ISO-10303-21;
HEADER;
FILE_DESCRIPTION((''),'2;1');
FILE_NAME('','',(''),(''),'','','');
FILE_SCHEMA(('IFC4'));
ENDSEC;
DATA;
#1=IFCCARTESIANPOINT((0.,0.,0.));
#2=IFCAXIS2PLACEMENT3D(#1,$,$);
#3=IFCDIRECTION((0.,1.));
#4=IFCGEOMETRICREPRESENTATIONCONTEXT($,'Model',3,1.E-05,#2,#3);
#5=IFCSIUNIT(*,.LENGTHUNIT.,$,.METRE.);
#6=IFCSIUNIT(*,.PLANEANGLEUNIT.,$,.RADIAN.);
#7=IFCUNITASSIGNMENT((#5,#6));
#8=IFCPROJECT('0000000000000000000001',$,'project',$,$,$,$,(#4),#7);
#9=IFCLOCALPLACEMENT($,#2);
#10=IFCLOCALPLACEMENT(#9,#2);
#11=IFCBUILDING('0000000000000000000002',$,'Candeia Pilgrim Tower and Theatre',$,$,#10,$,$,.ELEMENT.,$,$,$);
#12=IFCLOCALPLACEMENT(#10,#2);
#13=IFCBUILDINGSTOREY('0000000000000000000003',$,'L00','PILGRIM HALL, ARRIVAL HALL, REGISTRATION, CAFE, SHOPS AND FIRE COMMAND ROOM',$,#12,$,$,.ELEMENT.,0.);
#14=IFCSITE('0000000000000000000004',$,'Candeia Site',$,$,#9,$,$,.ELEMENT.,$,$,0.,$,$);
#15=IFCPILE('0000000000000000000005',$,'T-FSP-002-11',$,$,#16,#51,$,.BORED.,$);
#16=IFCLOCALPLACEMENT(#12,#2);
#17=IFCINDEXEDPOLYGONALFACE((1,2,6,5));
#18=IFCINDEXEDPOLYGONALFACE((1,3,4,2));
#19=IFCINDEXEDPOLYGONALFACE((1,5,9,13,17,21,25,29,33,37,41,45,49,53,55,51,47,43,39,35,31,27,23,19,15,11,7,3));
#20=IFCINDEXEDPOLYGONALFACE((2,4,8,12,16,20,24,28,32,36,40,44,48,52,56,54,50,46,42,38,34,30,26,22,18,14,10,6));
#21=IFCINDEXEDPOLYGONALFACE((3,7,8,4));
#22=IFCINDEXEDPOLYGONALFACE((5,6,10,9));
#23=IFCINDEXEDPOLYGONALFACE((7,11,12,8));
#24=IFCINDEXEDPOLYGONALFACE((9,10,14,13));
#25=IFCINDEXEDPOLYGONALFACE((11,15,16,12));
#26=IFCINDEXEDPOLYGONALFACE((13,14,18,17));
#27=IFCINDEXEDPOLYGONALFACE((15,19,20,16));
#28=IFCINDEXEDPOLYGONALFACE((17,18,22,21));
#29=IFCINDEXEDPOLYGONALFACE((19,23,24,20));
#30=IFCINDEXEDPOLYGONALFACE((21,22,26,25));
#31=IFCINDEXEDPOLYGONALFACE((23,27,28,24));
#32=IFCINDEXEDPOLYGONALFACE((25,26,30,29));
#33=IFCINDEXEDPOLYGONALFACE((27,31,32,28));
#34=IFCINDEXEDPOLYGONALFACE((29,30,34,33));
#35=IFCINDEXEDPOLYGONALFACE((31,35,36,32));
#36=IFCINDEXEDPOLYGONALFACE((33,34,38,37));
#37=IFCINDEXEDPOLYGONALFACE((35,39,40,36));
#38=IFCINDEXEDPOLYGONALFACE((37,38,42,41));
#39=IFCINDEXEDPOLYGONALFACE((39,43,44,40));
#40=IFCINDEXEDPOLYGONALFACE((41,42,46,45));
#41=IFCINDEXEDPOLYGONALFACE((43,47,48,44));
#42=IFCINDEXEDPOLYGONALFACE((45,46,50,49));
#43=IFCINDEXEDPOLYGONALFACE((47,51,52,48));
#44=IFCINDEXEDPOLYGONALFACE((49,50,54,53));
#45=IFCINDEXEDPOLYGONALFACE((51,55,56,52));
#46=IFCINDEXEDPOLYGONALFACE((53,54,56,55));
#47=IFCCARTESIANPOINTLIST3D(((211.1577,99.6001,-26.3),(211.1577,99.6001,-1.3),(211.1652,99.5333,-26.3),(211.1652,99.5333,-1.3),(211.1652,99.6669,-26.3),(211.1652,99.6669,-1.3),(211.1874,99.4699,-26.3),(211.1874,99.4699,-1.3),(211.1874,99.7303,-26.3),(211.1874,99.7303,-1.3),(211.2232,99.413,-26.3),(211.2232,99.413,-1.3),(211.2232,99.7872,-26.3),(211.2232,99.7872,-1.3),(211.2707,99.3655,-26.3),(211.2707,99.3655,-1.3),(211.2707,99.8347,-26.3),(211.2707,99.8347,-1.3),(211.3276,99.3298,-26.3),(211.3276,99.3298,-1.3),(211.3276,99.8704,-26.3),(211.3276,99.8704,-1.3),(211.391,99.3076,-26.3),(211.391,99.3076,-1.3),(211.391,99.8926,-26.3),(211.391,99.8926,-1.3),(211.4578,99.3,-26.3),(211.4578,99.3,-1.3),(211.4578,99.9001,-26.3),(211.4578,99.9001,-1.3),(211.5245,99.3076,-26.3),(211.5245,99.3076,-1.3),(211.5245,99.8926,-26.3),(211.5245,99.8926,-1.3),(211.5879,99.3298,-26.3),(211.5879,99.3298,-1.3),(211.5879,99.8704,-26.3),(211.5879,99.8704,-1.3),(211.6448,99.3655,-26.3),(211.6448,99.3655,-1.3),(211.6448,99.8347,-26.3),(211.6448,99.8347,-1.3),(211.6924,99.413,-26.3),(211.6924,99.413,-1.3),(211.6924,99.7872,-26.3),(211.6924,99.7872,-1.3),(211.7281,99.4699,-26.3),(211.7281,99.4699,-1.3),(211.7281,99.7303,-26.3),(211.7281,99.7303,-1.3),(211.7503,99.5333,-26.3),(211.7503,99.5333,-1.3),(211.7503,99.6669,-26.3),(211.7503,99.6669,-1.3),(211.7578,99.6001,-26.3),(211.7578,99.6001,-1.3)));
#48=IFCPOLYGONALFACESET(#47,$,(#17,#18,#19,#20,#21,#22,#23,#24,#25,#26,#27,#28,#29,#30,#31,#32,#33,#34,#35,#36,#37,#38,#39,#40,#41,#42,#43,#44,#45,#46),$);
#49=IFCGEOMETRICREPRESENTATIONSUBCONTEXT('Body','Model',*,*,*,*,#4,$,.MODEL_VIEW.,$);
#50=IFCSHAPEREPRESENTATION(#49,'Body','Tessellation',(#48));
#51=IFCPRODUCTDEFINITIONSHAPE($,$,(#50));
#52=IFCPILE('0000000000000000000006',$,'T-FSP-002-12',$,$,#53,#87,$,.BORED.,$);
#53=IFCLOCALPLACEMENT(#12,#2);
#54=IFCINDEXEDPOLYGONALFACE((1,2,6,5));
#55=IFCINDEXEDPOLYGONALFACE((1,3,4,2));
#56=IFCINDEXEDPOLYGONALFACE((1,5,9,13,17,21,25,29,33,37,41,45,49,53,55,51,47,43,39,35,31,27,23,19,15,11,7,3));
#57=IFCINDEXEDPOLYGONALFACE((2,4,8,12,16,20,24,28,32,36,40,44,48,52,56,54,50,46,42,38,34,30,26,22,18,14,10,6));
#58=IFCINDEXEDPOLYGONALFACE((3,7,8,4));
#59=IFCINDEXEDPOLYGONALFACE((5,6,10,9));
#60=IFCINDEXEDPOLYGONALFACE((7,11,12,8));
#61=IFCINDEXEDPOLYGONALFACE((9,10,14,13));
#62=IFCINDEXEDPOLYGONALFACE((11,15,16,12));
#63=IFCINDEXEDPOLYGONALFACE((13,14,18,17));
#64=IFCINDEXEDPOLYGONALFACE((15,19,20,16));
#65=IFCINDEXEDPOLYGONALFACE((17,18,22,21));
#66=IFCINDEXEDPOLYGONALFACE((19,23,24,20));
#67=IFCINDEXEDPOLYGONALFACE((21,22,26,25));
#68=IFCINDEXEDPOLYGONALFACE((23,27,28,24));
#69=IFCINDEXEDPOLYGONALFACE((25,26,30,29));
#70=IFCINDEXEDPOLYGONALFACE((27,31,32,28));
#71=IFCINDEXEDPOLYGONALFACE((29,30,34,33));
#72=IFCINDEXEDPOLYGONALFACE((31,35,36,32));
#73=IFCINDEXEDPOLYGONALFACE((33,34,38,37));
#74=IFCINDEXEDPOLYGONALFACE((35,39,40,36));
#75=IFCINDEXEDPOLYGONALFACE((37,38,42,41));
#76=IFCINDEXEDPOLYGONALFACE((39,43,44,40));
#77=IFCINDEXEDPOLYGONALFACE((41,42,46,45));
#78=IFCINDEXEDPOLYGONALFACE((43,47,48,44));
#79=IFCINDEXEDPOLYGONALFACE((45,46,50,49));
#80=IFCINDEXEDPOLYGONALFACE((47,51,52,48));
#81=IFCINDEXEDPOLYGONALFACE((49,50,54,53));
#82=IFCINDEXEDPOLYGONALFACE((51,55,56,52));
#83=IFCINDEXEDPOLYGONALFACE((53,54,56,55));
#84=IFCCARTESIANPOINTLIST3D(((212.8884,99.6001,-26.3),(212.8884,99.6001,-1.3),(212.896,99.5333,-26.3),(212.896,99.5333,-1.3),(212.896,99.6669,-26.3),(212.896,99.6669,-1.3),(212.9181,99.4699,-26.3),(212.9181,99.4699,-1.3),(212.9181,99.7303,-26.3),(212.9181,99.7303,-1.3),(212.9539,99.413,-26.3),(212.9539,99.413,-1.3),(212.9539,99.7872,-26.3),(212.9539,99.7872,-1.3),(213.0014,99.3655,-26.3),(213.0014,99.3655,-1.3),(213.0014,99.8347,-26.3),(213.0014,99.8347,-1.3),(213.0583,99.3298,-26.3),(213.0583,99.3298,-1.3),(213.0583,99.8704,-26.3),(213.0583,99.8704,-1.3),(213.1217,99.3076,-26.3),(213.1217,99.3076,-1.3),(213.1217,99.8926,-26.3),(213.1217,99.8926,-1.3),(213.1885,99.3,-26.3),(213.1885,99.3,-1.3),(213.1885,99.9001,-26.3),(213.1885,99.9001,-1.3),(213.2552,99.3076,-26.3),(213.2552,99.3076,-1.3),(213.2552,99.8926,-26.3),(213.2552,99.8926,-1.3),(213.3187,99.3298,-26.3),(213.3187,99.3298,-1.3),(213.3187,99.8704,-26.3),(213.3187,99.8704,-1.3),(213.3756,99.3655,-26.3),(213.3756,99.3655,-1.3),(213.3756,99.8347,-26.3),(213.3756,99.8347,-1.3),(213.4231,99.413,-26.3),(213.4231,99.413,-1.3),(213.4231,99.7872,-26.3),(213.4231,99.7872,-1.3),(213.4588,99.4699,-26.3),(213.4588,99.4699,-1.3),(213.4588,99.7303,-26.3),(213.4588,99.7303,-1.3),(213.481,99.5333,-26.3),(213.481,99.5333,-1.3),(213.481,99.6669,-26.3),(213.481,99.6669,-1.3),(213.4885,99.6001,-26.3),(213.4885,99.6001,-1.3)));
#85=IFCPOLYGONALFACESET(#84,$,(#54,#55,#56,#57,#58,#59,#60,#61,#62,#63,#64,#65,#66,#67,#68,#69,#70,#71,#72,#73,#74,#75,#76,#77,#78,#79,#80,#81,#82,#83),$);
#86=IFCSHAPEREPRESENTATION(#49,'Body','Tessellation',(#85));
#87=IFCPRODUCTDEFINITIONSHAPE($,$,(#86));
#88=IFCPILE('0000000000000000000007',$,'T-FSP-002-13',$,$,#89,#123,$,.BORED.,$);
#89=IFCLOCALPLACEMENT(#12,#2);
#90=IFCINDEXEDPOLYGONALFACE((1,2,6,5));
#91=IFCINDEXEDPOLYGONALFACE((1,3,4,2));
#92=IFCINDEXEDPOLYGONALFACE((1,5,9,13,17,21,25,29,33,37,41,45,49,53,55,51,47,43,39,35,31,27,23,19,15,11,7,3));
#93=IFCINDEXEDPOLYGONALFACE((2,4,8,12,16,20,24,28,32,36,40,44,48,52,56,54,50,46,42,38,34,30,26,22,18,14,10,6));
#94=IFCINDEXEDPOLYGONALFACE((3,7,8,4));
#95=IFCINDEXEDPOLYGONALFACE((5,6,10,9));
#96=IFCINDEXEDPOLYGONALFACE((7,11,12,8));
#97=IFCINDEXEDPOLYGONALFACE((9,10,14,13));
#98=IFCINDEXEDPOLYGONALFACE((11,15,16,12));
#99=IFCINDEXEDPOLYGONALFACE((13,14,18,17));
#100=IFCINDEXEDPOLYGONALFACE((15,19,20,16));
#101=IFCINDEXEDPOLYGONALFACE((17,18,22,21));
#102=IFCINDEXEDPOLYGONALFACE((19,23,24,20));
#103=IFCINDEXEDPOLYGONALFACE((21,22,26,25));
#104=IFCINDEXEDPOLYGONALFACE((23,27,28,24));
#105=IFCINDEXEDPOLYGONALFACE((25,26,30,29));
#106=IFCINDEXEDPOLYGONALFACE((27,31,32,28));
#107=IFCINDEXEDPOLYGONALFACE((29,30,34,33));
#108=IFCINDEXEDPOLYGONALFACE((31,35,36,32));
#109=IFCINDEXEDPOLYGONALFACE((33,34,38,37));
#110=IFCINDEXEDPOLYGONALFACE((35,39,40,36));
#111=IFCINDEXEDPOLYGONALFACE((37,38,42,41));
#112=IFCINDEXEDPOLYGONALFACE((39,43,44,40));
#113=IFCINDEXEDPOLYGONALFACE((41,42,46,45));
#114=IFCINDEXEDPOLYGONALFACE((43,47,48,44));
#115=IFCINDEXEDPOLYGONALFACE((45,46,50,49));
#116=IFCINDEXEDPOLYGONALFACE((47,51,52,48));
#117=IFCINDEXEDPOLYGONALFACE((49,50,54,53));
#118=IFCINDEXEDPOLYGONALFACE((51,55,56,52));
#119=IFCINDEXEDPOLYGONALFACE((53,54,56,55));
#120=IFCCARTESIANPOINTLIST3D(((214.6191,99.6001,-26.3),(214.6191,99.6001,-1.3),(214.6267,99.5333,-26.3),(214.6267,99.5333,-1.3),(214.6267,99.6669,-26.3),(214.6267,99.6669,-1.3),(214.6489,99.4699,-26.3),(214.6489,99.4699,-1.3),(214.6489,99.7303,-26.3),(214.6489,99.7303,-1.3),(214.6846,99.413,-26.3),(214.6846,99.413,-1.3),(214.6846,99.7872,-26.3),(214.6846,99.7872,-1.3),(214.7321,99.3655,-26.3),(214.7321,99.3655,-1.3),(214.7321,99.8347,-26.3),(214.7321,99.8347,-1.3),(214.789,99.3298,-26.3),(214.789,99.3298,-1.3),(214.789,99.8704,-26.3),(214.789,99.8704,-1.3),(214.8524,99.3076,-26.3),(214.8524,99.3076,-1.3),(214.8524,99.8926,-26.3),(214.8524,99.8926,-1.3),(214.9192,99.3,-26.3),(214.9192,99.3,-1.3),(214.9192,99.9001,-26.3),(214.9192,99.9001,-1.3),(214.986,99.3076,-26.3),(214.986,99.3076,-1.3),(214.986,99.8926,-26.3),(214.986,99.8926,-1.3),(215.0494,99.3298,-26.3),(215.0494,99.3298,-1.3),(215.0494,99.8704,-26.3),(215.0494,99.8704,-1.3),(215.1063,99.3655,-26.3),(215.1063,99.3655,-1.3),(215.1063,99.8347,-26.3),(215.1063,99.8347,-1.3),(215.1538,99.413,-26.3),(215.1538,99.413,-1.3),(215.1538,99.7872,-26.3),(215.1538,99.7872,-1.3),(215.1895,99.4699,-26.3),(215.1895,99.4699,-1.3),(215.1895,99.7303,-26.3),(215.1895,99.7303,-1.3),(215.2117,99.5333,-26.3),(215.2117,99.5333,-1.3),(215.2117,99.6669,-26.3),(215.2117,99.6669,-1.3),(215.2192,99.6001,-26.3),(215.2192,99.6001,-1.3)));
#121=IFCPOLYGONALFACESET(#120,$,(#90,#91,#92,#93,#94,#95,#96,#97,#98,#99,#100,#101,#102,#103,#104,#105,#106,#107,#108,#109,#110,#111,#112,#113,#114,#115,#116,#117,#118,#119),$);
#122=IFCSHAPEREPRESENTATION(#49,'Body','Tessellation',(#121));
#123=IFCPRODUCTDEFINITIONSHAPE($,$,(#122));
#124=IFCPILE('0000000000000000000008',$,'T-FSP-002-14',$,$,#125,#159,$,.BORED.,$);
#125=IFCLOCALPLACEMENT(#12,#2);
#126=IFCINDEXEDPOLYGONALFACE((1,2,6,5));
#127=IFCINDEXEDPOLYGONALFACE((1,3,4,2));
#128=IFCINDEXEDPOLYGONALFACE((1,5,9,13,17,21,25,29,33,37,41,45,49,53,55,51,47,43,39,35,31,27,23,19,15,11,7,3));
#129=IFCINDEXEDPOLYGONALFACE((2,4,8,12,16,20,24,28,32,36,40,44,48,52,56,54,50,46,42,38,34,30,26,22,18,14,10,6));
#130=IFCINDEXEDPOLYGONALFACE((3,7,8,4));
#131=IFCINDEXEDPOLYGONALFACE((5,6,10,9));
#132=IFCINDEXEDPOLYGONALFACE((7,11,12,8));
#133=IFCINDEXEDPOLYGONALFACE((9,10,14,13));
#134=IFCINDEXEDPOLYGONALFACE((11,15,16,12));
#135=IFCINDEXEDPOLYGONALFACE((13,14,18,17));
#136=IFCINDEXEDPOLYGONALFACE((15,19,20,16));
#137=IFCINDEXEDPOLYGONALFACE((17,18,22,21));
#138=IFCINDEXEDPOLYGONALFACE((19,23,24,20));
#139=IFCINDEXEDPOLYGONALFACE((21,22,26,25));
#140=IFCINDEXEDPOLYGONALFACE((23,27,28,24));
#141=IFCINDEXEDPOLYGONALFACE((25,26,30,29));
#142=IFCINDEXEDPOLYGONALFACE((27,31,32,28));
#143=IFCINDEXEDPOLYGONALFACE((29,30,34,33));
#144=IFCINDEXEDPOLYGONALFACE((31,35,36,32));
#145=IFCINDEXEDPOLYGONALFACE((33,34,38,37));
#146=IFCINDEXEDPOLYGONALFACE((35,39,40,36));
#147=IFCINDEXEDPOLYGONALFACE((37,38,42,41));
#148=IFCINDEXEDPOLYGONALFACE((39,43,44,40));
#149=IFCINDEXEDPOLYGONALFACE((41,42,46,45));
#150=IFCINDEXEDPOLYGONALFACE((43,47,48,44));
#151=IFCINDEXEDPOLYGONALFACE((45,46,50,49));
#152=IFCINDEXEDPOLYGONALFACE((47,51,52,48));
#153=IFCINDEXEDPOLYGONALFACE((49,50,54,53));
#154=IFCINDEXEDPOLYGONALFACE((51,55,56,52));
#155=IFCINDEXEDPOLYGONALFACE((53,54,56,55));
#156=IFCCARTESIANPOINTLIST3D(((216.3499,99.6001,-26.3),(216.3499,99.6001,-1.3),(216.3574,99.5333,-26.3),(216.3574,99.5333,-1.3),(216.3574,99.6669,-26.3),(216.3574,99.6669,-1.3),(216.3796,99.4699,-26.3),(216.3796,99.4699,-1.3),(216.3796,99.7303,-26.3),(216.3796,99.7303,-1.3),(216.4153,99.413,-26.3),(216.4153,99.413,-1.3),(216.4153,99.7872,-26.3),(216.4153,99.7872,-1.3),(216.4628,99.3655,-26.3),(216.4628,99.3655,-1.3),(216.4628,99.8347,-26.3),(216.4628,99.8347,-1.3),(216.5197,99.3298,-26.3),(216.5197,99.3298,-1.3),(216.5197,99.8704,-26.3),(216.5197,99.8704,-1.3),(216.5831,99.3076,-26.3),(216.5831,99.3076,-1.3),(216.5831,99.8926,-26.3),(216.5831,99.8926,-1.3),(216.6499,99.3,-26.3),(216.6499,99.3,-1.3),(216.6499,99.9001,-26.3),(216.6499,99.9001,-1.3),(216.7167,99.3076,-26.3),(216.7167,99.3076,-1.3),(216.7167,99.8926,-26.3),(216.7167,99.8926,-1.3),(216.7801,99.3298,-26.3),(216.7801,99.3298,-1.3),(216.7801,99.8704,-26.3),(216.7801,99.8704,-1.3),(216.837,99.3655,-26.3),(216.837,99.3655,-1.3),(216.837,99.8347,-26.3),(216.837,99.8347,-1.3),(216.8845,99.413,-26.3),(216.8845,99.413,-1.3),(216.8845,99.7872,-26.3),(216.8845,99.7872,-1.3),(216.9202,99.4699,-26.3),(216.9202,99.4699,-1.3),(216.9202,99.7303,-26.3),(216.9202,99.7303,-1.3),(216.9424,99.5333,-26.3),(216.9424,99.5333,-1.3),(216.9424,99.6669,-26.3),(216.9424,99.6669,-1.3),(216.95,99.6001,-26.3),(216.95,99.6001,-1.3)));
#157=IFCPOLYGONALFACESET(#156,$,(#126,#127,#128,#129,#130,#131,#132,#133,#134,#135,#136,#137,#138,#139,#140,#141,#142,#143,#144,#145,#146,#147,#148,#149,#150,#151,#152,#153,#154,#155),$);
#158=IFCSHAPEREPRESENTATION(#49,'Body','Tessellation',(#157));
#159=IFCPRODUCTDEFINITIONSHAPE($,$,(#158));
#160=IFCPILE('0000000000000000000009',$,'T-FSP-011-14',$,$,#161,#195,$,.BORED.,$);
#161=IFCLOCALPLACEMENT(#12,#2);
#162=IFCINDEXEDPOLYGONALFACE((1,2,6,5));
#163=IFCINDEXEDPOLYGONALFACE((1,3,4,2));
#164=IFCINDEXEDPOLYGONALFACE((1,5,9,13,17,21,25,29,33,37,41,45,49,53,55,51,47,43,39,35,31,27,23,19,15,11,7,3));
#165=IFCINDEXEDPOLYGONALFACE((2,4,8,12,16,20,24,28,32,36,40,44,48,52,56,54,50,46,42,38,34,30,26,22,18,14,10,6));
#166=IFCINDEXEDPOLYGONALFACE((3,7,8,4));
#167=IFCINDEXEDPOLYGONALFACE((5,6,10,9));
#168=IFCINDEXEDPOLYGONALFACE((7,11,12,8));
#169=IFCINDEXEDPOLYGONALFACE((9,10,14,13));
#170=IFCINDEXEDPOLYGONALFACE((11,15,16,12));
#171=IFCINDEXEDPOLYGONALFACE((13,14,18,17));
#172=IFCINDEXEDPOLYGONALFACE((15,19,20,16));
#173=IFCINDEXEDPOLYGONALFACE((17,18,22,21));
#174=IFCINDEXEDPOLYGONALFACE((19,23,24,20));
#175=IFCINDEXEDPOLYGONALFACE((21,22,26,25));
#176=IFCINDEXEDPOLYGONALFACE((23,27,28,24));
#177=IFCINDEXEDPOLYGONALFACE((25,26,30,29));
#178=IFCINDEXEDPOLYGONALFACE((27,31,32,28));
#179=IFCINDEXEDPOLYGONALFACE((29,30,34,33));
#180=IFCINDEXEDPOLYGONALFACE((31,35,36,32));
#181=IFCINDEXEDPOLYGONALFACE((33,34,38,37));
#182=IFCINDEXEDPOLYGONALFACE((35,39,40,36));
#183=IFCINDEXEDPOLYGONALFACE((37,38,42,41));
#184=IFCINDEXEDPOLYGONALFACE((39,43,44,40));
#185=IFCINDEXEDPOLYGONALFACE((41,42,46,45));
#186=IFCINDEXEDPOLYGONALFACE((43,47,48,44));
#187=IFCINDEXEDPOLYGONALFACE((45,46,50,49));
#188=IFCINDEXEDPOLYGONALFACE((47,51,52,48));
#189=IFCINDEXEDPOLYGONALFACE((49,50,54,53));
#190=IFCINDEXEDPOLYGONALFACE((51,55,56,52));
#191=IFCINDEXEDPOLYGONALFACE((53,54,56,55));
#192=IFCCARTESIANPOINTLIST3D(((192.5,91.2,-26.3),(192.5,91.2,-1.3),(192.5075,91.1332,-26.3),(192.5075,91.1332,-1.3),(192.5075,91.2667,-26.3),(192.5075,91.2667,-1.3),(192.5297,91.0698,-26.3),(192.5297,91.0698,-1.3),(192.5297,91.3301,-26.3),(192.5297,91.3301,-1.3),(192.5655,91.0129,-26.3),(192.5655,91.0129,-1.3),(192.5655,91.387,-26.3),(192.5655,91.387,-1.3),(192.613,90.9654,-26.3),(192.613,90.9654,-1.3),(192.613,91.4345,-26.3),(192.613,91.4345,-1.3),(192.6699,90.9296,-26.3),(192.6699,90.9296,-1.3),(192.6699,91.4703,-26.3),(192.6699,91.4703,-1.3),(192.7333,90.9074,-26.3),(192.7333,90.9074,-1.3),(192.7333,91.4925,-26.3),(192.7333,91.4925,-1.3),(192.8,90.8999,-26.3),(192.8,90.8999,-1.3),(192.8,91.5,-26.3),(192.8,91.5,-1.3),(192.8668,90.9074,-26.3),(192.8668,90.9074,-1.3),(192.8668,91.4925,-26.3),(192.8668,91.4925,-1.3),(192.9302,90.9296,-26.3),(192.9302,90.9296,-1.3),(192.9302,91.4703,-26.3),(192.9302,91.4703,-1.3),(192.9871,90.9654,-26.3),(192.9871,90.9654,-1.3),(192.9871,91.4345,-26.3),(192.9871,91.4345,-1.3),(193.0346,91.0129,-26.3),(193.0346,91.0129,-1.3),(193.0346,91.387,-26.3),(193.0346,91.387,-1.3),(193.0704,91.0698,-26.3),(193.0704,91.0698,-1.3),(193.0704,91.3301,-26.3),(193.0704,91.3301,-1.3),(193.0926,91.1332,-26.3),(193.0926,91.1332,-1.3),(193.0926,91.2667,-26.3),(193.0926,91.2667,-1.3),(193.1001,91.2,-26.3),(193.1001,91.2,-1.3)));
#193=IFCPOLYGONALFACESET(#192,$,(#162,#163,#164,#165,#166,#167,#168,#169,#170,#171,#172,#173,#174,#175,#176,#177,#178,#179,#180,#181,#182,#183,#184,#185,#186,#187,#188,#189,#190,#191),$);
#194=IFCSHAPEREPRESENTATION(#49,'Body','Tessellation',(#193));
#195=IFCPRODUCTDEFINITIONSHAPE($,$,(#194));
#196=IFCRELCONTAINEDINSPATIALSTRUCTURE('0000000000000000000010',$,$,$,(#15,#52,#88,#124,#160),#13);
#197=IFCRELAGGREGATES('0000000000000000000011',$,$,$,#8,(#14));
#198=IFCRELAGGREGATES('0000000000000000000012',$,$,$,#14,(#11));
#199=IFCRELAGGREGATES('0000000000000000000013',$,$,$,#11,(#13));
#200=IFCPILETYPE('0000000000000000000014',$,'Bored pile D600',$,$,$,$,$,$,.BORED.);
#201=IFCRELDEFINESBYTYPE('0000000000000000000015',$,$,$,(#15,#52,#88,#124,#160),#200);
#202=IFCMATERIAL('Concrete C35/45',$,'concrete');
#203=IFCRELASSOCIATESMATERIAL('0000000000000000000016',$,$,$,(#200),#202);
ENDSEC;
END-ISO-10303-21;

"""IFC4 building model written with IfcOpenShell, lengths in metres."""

from ifc_helpers import new_model, si_unit, direction, frame, origin, origin_2d, place, context, subcontext, project, spatial, circle, extrude, material, type_object, element, save


model = new_model("IFC4")

# Units and contexts
model_context = context("Model", 3, precision=1e-05, world=origin(), true_north=direction((0.0, 1.0)))
body_context = subcontext(model_context, "Body", "Model", "MODEL_VIEW")
ifc_project = project(units=[si_unit("LENGTHUNIT", "METRE"), si_unit("PLANEANGLEUNIT", "RADIAN")], contexts=[model_context])

# Site, building, storey
site_placement = place(None, origin())
site = spatial("IfcSite", under=ifc_project, at=site_placement, Name="Candeia Site", CompositionType="ELEMENT", RefElevation=0.0)
building_placement = place(site_placement, origin())
building = spatial("IfcBuilding", under=site, at=building_placement, Name="Candeia Pilgrim Tower and Theatre", CompositionType="ELEMENT")
storey_placement = place(building_placement, origin())
storey = spatial("IfcBuildingStorey", under=building, at=storey_placement, Name="L00", Description="PILGRIM HALL, ARRIVAL HALL, REGISTRATION, CAFE, SHOPS AND FIRE COMMAND ROOM", CompositionType="ELEMENT", Elevation=0.0)

# Piles
ifc_material_1 = material(Name="Concrete C35/45", Category="concrete")
pile_type = type_object("IfcPileType", Name="Bored pile D600", PredefinedType="BORED", material=ifc_material_1)
for number, where, z_axis, x_axis, name in (
    (1, (211.4578, 99.6001, -1.3), (0.0, 0.0, -1.0), (1.0, 0.0, 0.0), "T-FSP-002-11"),
    (2, (213.1885, 99.6001, -1.3), (0.0, 0.0, -1.0), (1.0, 0.0, 0.0), "T-FSP-002-12"),
    (3, (214.9192, 99.6001, -1.3), (0.0, 0.0, -1.0), (1.0, 0.0, 0.0), "T-FSP-002-13"),
    (4, (216.6499, 99.6001, -1.3), (0.0, 0.0, -1.0), (1.0, 0.0, 0.0), "T-FSP-002-14"),
    (5, (192.8, 91.2, -1.3), (0.0, 0.0, -1.0), (1.0, 0.0, 0.0), "T-FSP-011-14"),
):
    element("IfcPile", number, at=place(storey_placement, frame(where, z_axis=z_axis, x_axis=x_axis)), inside=storey, type_object=pile_type, Name=name, PredefinedType="BORED", context=body_context, shape_type="SweptSolid", body=[
        extrude(circle(Radius=0.3, at=origin_2d()), origin(), (0.0, 0.0, 1.0), 25.0),
    ])

save(model, "model.ifc")
